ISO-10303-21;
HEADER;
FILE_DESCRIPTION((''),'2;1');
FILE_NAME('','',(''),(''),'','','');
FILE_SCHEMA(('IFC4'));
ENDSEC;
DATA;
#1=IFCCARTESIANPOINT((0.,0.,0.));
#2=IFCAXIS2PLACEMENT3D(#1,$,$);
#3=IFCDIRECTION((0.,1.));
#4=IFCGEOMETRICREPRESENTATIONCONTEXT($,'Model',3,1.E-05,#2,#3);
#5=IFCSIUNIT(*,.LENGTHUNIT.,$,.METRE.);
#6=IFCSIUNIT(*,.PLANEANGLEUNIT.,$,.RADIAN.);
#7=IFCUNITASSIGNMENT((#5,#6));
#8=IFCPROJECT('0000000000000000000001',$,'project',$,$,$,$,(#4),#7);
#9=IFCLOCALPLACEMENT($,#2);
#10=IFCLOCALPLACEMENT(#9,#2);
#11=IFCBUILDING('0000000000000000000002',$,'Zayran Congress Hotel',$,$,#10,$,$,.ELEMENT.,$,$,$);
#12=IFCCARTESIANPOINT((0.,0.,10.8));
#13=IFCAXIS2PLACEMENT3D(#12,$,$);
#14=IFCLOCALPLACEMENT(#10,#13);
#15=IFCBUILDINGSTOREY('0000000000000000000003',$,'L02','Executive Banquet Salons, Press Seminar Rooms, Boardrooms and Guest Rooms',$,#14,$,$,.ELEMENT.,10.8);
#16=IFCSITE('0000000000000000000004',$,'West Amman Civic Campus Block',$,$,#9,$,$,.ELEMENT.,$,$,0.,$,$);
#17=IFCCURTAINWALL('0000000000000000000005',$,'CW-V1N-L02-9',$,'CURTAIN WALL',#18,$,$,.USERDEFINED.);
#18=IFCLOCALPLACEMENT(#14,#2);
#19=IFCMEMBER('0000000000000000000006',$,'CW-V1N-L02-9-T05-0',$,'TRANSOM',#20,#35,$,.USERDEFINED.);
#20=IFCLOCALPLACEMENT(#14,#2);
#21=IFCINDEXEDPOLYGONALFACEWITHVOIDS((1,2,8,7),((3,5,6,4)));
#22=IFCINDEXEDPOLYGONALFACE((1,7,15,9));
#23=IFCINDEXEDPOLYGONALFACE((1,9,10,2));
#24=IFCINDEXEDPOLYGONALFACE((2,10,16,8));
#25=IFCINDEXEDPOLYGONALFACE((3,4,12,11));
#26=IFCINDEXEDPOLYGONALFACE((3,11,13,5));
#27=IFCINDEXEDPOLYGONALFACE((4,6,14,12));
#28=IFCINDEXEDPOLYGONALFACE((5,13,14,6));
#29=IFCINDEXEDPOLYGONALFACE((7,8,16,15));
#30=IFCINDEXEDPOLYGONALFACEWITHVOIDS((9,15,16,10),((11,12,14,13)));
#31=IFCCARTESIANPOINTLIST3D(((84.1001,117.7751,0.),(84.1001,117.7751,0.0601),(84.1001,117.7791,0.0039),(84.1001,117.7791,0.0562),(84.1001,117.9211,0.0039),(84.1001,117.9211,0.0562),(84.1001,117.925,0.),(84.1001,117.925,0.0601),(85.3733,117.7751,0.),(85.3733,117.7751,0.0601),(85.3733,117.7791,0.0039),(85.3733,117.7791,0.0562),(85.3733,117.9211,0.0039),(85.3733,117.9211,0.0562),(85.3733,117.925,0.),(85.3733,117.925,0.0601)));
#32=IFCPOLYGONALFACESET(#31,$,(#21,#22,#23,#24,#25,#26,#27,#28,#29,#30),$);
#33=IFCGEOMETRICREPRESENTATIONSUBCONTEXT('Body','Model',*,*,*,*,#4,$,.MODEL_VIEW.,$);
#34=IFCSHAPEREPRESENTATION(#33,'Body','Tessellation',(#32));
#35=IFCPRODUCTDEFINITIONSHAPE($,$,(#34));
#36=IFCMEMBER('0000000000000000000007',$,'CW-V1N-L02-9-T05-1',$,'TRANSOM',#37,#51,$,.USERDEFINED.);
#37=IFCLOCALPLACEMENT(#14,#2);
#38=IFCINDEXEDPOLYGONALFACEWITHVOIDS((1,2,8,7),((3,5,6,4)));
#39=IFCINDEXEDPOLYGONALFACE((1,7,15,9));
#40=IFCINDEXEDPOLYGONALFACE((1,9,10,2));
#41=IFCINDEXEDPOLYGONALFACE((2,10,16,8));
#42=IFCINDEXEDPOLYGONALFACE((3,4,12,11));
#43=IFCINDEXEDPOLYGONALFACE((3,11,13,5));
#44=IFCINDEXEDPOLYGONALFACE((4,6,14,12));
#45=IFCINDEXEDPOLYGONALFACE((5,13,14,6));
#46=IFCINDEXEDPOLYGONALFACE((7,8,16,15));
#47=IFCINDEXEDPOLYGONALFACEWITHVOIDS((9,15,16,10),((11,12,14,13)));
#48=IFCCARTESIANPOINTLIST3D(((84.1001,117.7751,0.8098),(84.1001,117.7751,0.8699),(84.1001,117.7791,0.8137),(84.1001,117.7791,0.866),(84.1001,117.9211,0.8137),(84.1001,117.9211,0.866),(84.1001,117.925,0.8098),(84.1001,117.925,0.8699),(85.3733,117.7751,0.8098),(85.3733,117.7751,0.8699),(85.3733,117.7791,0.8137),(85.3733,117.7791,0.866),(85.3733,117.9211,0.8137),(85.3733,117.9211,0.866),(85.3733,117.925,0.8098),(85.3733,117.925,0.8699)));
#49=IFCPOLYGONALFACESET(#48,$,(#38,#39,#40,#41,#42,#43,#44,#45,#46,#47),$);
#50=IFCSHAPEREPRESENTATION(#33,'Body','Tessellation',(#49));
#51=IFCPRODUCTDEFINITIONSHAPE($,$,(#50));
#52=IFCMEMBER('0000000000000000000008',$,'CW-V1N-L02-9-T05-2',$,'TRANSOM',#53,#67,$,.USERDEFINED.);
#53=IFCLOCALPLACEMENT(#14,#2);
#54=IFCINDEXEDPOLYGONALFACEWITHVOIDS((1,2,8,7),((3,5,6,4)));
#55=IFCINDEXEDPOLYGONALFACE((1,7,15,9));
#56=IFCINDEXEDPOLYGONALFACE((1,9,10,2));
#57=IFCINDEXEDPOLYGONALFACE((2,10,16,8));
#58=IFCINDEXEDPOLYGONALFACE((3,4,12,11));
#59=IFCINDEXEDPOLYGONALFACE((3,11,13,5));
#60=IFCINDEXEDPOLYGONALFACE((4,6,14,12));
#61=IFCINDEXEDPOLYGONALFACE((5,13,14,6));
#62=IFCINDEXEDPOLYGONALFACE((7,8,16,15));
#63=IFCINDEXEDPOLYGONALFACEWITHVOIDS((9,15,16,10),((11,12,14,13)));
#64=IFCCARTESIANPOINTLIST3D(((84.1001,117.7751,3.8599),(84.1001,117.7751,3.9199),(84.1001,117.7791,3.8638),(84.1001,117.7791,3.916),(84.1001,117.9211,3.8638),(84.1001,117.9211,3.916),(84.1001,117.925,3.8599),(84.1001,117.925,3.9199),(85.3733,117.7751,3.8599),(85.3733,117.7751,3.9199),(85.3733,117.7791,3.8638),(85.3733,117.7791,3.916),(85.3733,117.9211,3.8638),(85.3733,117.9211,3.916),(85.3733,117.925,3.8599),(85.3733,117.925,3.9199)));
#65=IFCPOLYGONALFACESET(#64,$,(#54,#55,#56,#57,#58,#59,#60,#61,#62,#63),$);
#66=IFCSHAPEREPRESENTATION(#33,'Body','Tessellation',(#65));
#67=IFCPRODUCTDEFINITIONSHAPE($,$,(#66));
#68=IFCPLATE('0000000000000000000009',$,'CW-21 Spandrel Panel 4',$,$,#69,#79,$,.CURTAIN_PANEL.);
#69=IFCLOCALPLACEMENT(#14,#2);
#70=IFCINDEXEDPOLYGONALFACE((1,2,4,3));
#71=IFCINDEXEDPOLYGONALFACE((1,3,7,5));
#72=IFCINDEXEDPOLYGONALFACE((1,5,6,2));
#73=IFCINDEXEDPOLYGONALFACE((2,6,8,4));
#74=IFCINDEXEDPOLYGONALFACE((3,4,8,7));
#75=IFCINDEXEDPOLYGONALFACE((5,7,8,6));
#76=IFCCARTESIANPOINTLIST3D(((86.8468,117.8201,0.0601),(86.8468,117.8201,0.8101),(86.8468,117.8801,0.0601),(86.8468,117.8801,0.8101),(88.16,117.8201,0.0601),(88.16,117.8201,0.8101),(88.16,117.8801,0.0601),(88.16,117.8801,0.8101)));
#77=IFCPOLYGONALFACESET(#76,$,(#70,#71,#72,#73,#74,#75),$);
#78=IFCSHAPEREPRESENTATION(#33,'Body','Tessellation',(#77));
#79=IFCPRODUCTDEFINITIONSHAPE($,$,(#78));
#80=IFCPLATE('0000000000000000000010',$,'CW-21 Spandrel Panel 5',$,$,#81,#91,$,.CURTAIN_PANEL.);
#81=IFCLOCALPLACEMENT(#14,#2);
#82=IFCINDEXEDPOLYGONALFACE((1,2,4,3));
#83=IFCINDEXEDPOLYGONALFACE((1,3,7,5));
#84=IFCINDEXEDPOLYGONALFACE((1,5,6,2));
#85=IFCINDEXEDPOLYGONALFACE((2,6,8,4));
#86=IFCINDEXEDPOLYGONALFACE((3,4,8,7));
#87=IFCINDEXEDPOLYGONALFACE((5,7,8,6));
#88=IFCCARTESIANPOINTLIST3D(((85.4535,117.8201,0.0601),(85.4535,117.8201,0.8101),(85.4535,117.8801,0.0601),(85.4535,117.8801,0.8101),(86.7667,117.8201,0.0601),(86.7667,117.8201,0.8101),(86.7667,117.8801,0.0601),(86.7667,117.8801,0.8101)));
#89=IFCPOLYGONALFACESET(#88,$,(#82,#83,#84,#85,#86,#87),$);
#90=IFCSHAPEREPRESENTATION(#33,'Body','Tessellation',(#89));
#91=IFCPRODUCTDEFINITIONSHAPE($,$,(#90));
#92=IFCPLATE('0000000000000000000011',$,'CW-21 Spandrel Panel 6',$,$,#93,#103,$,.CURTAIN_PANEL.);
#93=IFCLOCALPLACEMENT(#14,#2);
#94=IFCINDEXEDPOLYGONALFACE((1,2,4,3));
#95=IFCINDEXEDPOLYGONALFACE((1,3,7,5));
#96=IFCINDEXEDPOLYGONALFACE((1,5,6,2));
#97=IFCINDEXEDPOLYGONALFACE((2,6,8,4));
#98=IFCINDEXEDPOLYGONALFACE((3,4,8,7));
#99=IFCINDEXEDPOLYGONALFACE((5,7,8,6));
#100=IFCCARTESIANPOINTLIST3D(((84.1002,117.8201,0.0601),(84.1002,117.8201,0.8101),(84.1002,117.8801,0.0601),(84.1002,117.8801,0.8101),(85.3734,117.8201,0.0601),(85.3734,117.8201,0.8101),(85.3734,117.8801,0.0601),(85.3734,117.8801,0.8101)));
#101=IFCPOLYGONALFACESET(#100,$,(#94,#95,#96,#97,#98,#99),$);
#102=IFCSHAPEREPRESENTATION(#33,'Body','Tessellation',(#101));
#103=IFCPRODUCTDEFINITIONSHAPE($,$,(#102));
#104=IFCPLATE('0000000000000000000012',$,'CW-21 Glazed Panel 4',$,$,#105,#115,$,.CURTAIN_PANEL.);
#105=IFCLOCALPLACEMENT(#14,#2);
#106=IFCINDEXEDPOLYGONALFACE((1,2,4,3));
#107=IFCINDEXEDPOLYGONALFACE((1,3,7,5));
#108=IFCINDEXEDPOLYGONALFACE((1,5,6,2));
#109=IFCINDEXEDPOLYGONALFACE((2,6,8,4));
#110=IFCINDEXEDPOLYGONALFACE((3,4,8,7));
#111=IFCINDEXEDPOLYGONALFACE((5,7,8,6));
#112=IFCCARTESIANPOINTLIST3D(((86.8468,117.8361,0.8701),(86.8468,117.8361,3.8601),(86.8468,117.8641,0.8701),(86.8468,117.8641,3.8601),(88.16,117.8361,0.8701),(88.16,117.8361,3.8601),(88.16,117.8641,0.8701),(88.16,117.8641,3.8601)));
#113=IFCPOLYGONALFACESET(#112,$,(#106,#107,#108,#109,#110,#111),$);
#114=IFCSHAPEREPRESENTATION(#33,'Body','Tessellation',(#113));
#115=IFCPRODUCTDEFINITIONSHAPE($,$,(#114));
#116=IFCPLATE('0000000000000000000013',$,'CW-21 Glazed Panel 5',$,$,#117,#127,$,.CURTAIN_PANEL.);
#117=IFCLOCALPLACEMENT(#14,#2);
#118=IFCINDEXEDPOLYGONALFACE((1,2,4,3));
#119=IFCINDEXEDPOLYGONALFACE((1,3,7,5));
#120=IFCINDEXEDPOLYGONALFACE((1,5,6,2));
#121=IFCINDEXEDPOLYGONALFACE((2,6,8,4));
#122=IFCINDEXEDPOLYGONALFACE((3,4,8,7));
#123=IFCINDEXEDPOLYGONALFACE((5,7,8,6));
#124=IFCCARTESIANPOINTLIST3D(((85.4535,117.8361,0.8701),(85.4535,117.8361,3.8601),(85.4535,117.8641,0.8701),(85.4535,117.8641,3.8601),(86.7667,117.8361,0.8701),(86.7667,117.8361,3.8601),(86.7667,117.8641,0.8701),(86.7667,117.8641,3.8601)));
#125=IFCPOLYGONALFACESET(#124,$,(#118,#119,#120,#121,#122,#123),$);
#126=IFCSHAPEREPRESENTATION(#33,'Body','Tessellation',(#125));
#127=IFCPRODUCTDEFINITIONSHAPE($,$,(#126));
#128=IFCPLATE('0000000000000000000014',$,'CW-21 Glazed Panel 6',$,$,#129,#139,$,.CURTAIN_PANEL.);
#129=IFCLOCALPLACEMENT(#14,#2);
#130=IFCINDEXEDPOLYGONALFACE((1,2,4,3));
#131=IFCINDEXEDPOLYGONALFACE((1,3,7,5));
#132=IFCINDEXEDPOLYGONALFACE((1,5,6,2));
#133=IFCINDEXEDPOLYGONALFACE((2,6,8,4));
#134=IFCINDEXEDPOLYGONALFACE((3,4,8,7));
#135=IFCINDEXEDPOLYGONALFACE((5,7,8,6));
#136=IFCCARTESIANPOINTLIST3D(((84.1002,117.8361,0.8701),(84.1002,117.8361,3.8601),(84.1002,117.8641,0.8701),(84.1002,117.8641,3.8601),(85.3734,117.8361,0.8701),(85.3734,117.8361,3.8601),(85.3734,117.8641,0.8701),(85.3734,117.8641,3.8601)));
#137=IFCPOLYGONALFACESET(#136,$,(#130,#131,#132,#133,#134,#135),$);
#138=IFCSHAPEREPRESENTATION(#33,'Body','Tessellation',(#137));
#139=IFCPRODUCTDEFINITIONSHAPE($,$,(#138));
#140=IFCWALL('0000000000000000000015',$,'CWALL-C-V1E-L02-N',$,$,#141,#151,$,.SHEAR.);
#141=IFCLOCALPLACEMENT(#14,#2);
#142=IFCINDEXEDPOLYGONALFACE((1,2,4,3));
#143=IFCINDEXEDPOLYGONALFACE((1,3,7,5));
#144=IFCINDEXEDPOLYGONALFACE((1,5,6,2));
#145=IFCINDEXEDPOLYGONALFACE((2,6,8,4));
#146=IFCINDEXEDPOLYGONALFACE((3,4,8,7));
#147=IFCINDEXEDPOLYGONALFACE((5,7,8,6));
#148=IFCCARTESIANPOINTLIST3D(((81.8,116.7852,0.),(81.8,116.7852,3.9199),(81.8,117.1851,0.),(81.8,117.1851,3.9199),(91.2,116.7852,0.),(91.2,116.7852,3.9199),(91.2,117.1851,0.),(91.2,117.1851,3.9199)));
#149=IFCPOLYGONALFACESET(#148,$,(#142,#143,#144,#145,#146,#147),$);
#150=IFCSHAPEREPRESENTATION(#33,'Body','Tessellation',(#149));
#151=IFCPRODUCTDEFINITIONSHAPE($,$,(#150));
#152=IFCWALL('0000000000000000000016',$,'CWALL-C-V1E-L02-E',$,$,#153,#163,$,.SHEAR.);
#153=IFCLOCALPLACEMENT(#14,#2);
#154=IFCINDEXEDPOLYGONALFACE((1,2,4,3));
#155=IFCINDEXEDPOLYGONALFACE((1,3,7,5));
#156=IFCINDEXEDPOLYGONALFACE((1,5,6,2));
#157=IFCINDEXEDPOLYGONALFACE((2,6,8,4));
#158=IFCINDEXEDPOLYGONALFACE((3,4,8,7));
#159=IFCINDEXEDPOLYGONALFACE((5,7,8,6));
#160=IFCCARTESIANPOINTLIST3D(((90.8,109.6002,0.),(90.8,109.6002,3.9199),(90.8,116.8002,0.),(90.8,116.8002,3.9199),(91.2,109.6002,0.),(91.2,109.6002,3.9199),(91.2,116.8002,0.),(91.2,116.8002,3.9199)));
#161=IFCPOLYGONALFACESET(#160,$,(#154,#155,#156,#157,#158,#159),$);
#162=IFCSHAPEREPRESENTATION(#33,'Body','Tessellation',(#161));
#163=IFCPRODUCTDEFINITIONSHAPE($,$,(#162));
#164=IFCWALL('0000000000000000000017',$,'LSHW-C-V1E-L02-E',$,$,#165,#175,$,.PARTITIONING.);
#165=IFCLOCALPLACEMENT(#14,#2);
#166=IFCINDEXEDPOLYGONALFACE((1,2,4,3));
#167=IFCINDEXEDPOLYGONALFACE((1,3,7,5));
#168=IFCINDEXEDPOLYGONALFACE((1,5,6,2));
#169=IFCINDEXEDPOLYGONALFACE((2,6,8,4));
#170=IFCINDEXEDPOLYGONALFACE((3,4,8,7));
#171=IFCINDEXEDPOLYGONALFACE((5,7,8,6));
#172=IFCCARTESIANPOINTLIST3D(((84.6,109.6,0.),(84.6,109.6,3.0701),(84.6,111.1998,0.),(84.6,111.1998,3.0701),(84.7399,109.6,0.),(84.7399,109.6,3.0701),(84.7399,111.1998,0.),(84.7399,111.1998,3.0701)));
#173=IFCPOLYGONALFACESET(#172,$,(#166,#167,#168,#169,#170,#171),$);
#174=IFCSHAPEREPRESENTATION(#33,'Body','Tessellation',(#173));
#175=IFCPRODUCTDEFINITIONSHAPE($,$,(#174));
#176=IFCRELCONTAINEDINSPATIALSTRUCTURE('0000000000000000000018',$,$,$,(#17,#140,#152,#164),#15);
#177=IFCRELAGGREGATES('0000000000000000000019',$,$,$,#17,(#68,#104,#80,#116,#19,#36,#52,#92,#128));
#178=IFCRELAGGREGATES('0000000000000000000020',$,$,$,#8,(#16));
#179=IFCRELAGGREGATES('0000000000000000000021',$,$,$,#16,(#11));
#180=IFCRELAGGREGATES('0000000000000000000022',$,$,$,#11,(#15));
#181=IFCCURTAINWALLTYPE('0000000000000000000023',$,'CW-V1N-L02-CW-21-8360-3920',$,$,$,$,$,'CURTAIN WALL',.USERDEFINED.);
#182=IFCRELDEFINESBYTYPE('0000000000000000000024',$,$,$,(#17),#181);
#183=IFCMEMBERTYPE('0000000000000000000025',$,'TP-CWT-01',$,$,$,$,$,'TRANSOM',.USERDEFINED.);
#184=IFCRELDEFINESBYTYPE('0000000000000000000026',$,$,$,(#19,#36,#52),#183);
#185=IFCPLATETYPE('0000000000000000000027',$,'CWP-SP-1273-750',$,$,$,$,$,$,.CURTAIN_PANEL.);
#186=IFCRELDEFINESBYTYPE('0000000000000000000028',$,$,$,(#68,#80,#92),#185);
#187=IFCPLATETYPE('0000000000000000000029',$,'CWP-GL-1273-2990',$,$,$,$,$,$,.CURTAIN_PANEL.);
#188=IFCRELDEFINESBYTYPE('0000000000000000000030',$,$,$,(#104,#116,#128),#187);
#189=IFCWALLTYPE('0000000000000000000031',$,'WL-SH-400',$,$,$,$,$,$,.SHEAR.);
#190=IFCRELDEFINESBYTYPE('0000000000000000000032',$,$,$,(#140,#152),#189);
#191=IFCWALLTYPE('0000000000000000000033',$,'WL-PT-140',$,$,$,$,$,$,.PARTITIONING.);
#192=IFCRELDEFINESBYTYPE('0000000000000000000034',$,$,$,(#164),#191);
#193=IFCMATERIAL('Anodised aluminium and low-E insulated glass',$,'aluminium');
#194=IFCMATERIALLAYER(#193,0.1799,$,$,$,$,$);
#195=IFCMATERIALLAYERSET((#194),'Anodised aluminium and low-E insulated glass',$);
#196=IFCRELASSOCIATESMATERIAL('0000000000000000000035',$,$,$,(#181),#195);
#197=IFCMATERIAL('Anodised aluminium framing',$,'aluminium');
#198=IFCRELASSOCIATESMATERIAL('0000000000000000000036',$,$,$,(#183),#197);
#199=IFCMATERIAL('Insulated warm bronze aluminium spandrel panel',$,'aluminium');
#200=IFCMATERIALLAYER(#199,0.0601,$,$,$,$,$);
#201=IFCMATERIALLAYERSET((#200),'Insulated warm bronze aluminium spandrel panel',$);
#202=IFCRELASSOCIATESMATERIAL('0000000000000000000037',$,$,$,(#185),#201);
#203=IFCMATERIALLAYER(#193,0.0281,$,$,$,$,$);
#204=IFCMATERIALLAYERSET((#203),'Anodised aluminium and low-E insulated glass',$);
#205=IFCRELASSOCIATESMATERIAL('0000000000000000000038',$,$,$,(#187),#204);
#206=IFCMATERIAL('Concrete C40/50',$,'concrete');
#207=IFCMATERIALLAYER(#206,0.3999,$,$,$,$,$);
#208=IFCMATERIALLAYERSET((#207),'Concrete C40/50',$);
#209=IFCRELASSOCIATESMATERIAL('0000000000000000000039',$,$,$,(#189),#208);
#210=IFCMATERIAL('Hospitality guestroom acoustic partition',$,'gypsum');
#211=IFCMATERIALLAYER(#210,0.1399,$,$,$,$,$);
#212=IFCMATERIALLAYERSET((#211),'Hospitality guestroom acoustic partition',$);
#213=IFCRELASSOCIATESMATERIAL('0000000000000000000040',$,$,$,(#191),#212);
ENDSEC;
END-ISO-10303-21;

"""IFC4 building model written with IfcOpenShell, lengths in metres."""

from ifc_helpers import new_model, si_unit, direction, frame, frame_2d, origin, origin_2d, place, context, subcontext, project, spatial, rectangle, hollow_rectangle, extrude, material, layer, layer_set, material_profile, profile_set, type_object, element, aggregate, save


model = new_model("IFC4")

# Units and contexts
model_context = context("Model", 3, precision=1e-05, world=origin(), true_north=direction((0.0, 1.0)))
body_context = subcontext(model_context, "Body", "Model", "MODEL_VIEW")
ifc_project = project(units=[si_unit("LENGTHUNIT", "METRE"), si_unit("PLANEANGLEUNIT", "RADIAN")], contexts=[model_context])

# Site, building, storey
site_placement = place(None, origin())
site = spatial("IfcSite", under=ifc_project, at=site_placement, Name="West Amman Civic Campus Block", CompositionType="ELEMENT", RefElevation=0.0)
building_placement = place(site_placement, origin())
building = spatial("IfcBuilding", under=site, at=building_placement, Name="Zayran Congress Hotel", CompositionType="ELEMENT")
storey_placement = place(building_placement, frame((0.0, 0.0, 10.8)))
storey = spatial("IfcBuildingStorey", under=building, at=storey_placement, Name="L02", Description="Executive Banquet Salons, Press Seminar Rooms, Boardrooms and Guest Rooms", CompositionType="ELEMENT", Elevation=10.8)

# Curtain wall, members, plates
ifc_material_1 = material(Name="Anodised aluminium and low-E insulated glass", Category="aluminium")
ifc_layer_1 = layer(ifc_material_1, 0.1799)
ifc_layer_set_1 = layer_set([ifc_layer_1], Name="Anodised aluminium and low-E insulated glass")
curtain_wall_type = type_object("IfcCurtainWallType", Name="CW-V1N-L02-CW-21-8360-3920", ElementType="CURTAIN WALL", PredefinedType="USERDEFINED", material=ifc_layer_set_1)
curtain_wall_placement = place(storey_placement, origin())
curtain_wall = element("IfcCurtainWall", 1, at=curtain_wall_placement, inside=storey, type_object=curtain_wall_type, Name="CW-V1N-L02-9", ObjectType="CURTAIN WALL", PredefinedType="USERDEFINED")
ifc_material_2 = material(Name="Anodised aluminium framing", Category="aluminium")
ifc_material_profile_1 = material_profile(ifc_material_2, hollow_rectangle(XDim=0.0601, YDim=0.1499, WallThickness=0.0039, at=origin_2d()), Name="RHS 150x60x4")
ifc_profile_set_1 = profile_set([ifc_material_profile_1], Name="Anodised aluminium framing")
member_type_1 = type_object("IfcMemberType", Name="TP-CWT-01", ElementType="TRANSOM", PredefinedType="USERDEFINED", material=ifc_profile_set_1)
member_1_placement = place(storey_placement, frame((85.3733, 117.8501, 0.03), z_axis=(-1.0, 0.0, 0.0), x_axis=(0.0, 0.0, 1.0)))
member_1 = element("IfcMember", 2, at=member_1_placement, type_object=member_type_1, Name="CW-V1N-L02-9-T05-0", ObjectType="TRANSOM", PredefinedType="USERDEFINED", context=body_context, shape_type="SweptSolid", body=[
    extrude(hollow_rectangle(XDim=0.0601, YDim=0.1499, WallThickness=0.0039, at=origin_2d()), origin(), (0.0, 0.0, 1.0), 1.2732),
])
member_2_placement = place(storey_placement, frame((85.3733, 117.8501, 0.8398), z_axis=(-1.0, 0.0, 0.0), x_axis=(0.0, 0.0, 1.0)))
member_2 = element("IfcMember", 3, at=member_2_placement, type_object=member_type_1, Name="CW-V1N-L02-9-T05-1", ObjectType="TRANSOM", PredefinedType="USERDEFINED", context=body_context, shape_type="SweptSolid", body=[
    extrude(hollow_rectangle(XDim=0.0601, YDim=0.1499, WallThickness=0.0039, at=origin_2d()), origin(), (0.0, 0.0, 1.0), 1.2732),
])
member_3_placement = place(storey_placement, frame((85.3733, 117.8501, 3.8899), z_axis=(-1.0, 0.0, 0.0), x_axis=(0.0, 0.0, 1.0)))
member_3 = element("IfcMember", 4, at=member_3_placement, type_object=member_type_1, Name="CW-V1N-L02-9-T05-2", ObjectType="TRANSOM", PredefinedType="USERDEFINED", context=body_context, shape_type="SweptSolid", body=[
    extrude(hollow_rectangle(XDim=0.0601, YDim=0.1499, WallThickness=0.0039, at=origin_2d()), origin(), (0.0, 0.0, 1.0), 1.2732),
])
ifc_material_3 = material(Name="Insulated warm bronze aluminium spandrel panel", Category="aluminium")
ifc_layer_2 = layer(ifc_material_3, 0.0601)
ifc_layer_set_2 = layer_set([ifc_layer_2], Name="Insulated warm bronze aluminium spandrel panel")
plate_type_1 = type_object("IfcPlateType", Name="CWP-SP-1273-750", PredefinedType="CURTAIN_PANEL", material=ifc_layer_set_2)
plate_1_placement = place(storey_placement, frame((87.5034, 117.8501, 0.0601), z_axis=(0.0, 0.0, 1.0), x_axis=(1.0, 0.0, 0.0)))
plate_1 = element("IfcPlate", 5, at=plate_1_placement, type_object=plate_type_1, Name="CW-21 Spandrel Panel 4", PredefinedType="CURTAIN_PANEL", context=body_context, shape_type="SweptSolid", body=[
    extrude(rectangle(XDim=1.3132, YDim=0.0601, at=origin_2d()), origin(), (0.0, 0.0, 1.0), 0.75),
])
plate_2_placement = place(storey_placement, frame((86.1101, 117.8501, 0.0601), z_axis=(0.0, 0.0, 1.0), x_axis=(1.0, 0.0, 0.0)))
plate_2 = element("IfcPlate", 6, at=plate_2_placement, type_object=plate_type_1, Name="CW-21 Spandrel Panel 5", PredefinedType="CURTAIN_PANEL", context=body_context, shape_type="SweptSolid", body=[
    extrude(rectangle(XDim=1.3132, YDim=0.0601, at=origin_2d()), origin(), (0.0, 0.0, 1.0), 0.75),
])
plate_3_placement = place(storey_placement, frame((84.7368, 117.8501, 0.0601), z_axis=(0.0, 0.0, 1.0), x_axis=(1.0, 0.0, 0.0)))
plate_3 = element("IfcPlate", 7, at=plate_3_placement, type_object=plate_type_1, Name="CW-21 Spandrel Panel 6", PredefinedType="CURTAIN_PANEL", context=body_context, shape_type="SweptSolid", body=[
    extrude(rectangle(XDim=1.2732, YDim=0.0601, at=origin_2d()), origin(), (0.0, 0.0, 1.0), 0.75),
])
ifc_layer_3 = layer(ifc_material_1, 0.0281)
ifc_layer_set_3 = layer_set([ifc_layer_3], Name="Anodised aluminium and low-E insulated glass")
plate_type_2 = type_object("IfcPlateType", Name="CWP-GL-1273-2990", PredefinedType="CURTAIN_PANEL", material=ifc_layer_set_3)
plate_4_placement = place(storey_placement, frame((87.5034, 117.8501, 0.8701), z_axis=(0.0, 0.0, 1.0), x_axis=(1.0, 0.0, 0.0)))
plate_4 = element("IfcPlate", 8, at=plate_4_placement, type_object=plate_type_2, Name="CW-21 Glazed Panel 4", PredefinedType="CURTAIN_PANEL", context=body_context, shape_type="SweptSolid", body=[
    extrude(rectangle(XDim=1.3132, YDim=0.0281, at=origin_2d()), origin(), (0.0, 0.0, 1.0), 2.99),
])
plate_5_placement = place(storey_placement, frame((86.1101, 117.8501, 0.8701), z_axis=(0.0, 0.0, 1.0), x_axis=(1.0, 0.0, 0.0)))
plate_5 = element("IfcPlate", 9, at=plate_5_placement, type_object=plate_type_2, Name="CW-21 Glazed Panel 5", PredefinedType="CURTAIN_PANEL", context=body_context, shape_type="SweptSolid", body=[
    extrude(rectangle(XDim=1.3132, YDim=0.0281, at=origin_2d()), origin(), (0.0, 0.0, 1.0), 2.99),
])
plate_6_placement = place(storey_placement, frame((84.7368, 117.8501, 0.8701), z_axis=(0.0, 0.0, 1.0), x_axis=(1.0, 0.0, 0.0)))
plate_6 = element("IfcPlate", 10, at=plate_6_placement, type_object=plate_type_2, Name="CW-21 Glazed Panel 6", PredefinedType="CURTAIN_PANEL", context=body_context, shape_type="SweptSolid", body=[
    extrude(rectangle(XDim=1.2732, YDim=0.0281, at=origin_2d()), origin(), (0.0, 0.0, 1.0), 2.99),
])
aggregate(curtain_wall, [plate_1, plate_4, plate_2, plate_5, member_1, member_2, member_3, plate_3, plate_6])

# Walls
ifc_material_4 = material(Name="Concrete C40/50", Category="concrete")
ifc_layer_4 = layer(ifc_material_4, 0.3999)
ifc_layer_set_4 = layer_set([ifc_layer_4], Name="Concrete C40/50")
wall_type_1 = type_object("IfcWallType", Name="WL-SH-400", PredefinedType="SHEAR", material=ifc_layer_set_4)
wall_1_placement = place(storey_placement, frame((91.2, 116.9851, 0.0), z_axis=(0.0, 0.0, 1.0), x_axis=(-1.0, 0.0, 0.0)))
element("IfcWall", 11, at=wall_1_placement, inside=storey, type_object=wall_type_1, Name="CWALL-C-V1E-L02-N", PredefinedType="SHEAR", context=body_context, shape_type="SweptSolid", body=[
    extrude(rectangle(XDim=9.3999, YDim=0.3999, at=frame_2d((4.7, 0.0))), origin(), (0.0, 0.0, 1.0), 3.9199),
])
wall_2_placement = place(storey_placement, frame((91.0, 109.6001, 0.0), z_axis=(0.0, 0.0, 1.0), x_axis=(0.0, 1.0, 0.0)))
element("IfcWall", 12, at=wall_2_placement, inside=storey, type_object=wall_type_1, Name="CWALL-C-V1E-L02-E", PredefinedType="SHEAR", context=body_context, shape_type="SweptSolid", body=[
    extrude(rectangle(XDim=7.2, YDim=0.3999, at=frame_2d((3.6001, 0.0))), origin(), (0.0, 0.0, 1.0), 3.9199),
])
ifc_material_5 = material(Name="Hospitality guestroom acoustic partition", Category="gypsum")
ifc_layer_5 = layer(ifc_material_5, 0.1399)
ifc_layer_set_5 = layer_set([ifc_layer_5], Name="Hospitality guestroom acoustic partition")
wall_type_2 = type_object("IfcWallType", Name="WL-PT-140", PredefinedType="PARTITIONING", material=ifc_layer_set_5)
wall_3_placement = place(storey_placement, frame((84.6699, 109.6001, 0.0), z_axis=(0.0, 0.0, 1.0), x_axis=(0.0, 1.0, 0.0)))
element("IfcWall", 13, at=wall_3_placement, inside=storey, type_object=wall_type_2, Name="LSHW-C-V1E-L02-E", PredefinedType="PARTITIONING", context=body_context, shape_type="SweptSolid", body=[
    extrude(rectangle(XDim=1.5999, YDim=0.1399, at=frame_2d((0.7998, 0.0))), origin(), (0.0, 0.0, 1.0), 3.0701),
])

save(model, "model.ifc")
